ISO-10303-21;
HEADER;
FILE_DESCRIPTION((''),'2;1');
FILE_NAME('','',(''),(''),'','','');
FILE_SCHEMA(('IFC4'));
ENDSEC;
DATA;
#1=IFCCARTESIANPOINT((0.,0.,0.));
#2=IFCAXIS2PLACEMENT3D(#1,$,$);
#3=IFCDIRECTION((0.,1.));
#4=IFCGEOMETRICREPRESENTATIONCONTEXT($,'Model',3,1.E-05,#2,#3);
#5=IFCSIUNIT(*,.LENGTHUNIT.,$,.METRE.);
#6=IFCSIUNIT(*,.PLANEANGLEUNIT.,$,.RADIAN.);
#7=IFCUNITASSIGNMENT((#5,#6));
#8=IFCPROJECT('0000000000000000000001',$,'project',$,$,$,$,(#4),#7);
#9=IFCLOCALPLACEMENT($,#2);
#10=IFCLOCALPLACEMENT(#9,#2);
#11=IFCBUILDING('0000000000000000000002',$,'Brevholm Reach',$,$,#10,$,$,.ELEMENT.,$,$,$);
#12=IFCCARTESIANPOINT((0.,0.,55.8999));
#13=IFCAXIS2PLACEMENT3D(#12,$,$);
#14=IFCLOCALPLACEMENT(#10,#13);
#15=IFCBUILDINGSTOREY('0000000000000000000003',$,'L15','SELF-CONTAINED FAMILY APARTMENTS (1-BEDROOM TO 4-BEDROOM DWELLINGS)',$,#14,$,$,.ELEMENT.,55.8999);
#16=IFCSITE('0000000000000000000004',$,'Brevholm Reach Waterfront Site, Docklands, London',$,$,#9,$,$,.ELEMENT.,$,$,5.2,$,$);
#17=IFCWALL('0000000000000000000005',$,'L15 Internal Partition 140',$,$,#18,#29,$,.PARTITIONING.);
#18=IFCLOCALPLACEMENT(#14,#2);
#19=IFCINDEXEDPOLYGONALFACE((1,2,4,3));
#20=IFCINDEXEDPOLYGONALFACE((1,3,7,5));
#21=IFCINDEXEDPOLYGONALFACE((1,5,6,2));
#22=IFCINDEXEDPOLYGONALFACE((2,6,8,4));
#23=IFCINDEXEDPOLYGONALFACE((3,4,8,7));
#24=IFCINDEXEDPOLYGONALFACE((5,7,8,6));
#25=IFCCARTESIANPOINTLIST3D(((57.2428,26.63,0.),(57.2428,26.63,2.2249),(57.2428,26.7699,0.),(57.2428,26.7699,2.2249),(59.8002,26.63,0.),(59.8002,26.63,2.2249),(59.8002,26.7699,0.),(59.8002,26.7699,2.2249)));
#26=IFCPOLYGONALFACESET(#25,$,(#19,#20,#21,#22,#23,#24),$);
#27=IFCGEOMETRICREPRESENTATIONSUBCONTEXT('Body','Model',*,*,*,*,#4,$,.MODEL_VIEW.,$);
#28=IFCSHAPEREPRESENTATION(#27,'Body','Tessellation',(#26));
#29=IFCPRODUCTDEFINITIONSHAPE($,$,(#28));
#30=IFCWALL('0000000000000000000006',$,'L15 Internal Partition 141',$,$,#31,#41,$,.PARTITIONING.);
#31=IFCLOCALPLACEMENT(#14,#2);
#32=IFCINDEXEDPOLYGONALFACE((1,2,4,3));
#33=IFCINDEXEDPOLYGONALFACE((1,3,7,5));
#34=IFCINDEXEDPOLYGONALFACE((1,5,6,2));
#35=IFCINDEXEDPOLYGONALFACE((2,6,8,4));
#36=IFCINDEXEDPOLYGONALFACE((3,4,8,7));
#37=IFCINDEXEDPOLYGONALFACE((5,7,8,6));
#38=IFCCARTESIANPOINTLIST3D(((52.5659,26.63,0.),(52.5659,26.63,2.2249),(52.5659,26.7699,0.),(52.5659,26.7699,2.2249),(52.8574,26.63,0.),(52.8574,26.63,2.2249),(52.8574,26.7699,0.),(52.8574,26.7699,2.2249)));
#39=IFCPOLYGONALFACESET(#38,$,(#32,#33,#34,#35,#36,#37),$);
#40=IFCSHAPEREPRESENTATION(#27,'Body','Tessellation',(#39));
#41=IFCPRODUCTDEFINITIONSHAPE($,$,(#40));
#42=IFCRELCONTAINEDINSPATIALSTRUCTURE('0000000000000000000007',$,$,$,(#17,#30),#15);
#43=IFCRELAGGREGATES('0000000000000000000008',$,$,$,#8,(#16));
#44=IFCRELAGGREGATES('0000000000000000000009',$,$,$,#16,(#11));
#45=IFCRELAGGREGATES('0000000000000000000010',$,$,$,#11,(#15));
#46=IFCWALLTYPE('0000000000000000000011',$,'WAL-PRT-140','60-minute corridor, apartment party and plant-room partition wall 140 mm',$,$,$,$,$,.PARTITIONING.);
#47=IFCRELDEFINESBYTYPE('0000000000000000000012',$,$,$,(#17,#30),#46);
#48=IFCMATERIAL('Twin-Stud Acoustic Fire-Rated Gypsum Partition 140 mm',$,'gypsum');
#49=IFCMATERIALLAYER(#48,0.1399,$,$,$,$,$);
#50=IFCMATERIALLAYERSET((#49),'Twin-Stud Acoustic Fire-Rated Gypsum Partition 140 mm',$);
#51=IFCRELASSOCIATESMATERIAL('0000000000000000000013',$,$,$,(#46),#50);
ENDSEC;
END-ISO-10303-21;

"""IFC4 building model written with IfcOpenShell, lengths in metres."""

from ifc_helpers import new_model, si_unit, direction, frame, frame_2d, origin, place, context, subcontext, project, spatial, rectangle, extrude, material, layer, layer_set, type_object, element, save


model = new_model("IFC4")

# Units and contexts
model_context = context("Model", 3, precision=1e-05, world=origin(), true_north=direction((0.0, 1.0)))
body_context = subcontext(model_context, "Body", "Model", "MODEL_VIEW")
ifc_project = project(units=[si_unit("LENGTHUNIT", "METRE"), si_unit("PLANEANGLEUNIT", "RADIAN")], contexts=[model_context])

# Site, building, storey
site_placement = place(None, origin())
site = spatial("IfcSite", under=ifc_project, at=site_placement, Name="Brevholm Reach Waterfront Site, Docklands, London", CompositionType="ELEMENT", RefElevation=5.2)
building_placement = place(site_placement, origin())
building = spatial("IfcBuilding", under=site, at=building_placement, Name="Brevholm Reach", CompositionType="ELEMENT")
storey_placement = place(building_placement, frame((0.0, 0.0, 55.8999)))
storey = spatial("IfcBuildingStorey", under=building, at=storey_placement, Name="L15", Description="SELF-CONTAINED FAMILY APARTMENTS (1-BEDROOM TO 4-BEDROOM DWELLINGS)", CompositionType="ELEMENT", Elevation=55.8999)

# Shared definitions
ifc_material_1 = material(Name="Twin-Stud Acoustic Fire-Rated Gypsum Partition 140 mm", Category="gypsum")
ifc_layer_1 = layer(ifc_material_1, 0.1399)
ifc_layer_set_1 = layer_set([ifc_layer_1], Name="Twin-Stud Acoustic Fire-Rated Gypsum Partition 140 mm")
wall_type_1 = type_object("IfcWallType", Name="WAL-PRT-140", Description="60-minute corridor, apartment party and plant-room partition wall 140 mm", PredefinedType="PARTITIONING", material=ifc_layer_set_1)

# Walls
wall_1_placement = place(storey_placement, frame((57.2427, 26.7, 0.0), z_axis=(0.0, 0.0, 1.0), x_axis=(1.0, 0.0, 0.0)))
element("IfcWall", 1, at=wall_1_placement, inside=storey, type_object=wall_type_1, Name="L15 Internal Partition 140", PredefinedType="PARTITIONING", context=body_context, shape_type="SweptSolid", body=[
    extrude(rectangle(XDim=2.5574, YDim=0.1399, at=frame_2d((1.2788, 0.0))), origin(), (0.0, 0.0, 1.0), 2.2249),
])
wall_2_placement = place(storey_placement, frame((52.5659, 26.7, 0.0), z_axis=(0.0, 0.0, 1.0), x_axis=(1.0, 0.0, 0.0)))
element("IfcWall", 2, at=wall_2_placement, inside=storey, type_object=wall_type_1, Name="L15 Internal Partition 141", PredefinedType="PARTITIONING", context=body_context, shape_type="SweptSolid", body=[
    extrude(rectangle(XDim=0.2915, YDim=0.1399, at=frame_2d((0.1458, 0.0))), origin(), (0.0, 0.0, 1.0), 2.2249),
])

save(model, "model.ifc")
